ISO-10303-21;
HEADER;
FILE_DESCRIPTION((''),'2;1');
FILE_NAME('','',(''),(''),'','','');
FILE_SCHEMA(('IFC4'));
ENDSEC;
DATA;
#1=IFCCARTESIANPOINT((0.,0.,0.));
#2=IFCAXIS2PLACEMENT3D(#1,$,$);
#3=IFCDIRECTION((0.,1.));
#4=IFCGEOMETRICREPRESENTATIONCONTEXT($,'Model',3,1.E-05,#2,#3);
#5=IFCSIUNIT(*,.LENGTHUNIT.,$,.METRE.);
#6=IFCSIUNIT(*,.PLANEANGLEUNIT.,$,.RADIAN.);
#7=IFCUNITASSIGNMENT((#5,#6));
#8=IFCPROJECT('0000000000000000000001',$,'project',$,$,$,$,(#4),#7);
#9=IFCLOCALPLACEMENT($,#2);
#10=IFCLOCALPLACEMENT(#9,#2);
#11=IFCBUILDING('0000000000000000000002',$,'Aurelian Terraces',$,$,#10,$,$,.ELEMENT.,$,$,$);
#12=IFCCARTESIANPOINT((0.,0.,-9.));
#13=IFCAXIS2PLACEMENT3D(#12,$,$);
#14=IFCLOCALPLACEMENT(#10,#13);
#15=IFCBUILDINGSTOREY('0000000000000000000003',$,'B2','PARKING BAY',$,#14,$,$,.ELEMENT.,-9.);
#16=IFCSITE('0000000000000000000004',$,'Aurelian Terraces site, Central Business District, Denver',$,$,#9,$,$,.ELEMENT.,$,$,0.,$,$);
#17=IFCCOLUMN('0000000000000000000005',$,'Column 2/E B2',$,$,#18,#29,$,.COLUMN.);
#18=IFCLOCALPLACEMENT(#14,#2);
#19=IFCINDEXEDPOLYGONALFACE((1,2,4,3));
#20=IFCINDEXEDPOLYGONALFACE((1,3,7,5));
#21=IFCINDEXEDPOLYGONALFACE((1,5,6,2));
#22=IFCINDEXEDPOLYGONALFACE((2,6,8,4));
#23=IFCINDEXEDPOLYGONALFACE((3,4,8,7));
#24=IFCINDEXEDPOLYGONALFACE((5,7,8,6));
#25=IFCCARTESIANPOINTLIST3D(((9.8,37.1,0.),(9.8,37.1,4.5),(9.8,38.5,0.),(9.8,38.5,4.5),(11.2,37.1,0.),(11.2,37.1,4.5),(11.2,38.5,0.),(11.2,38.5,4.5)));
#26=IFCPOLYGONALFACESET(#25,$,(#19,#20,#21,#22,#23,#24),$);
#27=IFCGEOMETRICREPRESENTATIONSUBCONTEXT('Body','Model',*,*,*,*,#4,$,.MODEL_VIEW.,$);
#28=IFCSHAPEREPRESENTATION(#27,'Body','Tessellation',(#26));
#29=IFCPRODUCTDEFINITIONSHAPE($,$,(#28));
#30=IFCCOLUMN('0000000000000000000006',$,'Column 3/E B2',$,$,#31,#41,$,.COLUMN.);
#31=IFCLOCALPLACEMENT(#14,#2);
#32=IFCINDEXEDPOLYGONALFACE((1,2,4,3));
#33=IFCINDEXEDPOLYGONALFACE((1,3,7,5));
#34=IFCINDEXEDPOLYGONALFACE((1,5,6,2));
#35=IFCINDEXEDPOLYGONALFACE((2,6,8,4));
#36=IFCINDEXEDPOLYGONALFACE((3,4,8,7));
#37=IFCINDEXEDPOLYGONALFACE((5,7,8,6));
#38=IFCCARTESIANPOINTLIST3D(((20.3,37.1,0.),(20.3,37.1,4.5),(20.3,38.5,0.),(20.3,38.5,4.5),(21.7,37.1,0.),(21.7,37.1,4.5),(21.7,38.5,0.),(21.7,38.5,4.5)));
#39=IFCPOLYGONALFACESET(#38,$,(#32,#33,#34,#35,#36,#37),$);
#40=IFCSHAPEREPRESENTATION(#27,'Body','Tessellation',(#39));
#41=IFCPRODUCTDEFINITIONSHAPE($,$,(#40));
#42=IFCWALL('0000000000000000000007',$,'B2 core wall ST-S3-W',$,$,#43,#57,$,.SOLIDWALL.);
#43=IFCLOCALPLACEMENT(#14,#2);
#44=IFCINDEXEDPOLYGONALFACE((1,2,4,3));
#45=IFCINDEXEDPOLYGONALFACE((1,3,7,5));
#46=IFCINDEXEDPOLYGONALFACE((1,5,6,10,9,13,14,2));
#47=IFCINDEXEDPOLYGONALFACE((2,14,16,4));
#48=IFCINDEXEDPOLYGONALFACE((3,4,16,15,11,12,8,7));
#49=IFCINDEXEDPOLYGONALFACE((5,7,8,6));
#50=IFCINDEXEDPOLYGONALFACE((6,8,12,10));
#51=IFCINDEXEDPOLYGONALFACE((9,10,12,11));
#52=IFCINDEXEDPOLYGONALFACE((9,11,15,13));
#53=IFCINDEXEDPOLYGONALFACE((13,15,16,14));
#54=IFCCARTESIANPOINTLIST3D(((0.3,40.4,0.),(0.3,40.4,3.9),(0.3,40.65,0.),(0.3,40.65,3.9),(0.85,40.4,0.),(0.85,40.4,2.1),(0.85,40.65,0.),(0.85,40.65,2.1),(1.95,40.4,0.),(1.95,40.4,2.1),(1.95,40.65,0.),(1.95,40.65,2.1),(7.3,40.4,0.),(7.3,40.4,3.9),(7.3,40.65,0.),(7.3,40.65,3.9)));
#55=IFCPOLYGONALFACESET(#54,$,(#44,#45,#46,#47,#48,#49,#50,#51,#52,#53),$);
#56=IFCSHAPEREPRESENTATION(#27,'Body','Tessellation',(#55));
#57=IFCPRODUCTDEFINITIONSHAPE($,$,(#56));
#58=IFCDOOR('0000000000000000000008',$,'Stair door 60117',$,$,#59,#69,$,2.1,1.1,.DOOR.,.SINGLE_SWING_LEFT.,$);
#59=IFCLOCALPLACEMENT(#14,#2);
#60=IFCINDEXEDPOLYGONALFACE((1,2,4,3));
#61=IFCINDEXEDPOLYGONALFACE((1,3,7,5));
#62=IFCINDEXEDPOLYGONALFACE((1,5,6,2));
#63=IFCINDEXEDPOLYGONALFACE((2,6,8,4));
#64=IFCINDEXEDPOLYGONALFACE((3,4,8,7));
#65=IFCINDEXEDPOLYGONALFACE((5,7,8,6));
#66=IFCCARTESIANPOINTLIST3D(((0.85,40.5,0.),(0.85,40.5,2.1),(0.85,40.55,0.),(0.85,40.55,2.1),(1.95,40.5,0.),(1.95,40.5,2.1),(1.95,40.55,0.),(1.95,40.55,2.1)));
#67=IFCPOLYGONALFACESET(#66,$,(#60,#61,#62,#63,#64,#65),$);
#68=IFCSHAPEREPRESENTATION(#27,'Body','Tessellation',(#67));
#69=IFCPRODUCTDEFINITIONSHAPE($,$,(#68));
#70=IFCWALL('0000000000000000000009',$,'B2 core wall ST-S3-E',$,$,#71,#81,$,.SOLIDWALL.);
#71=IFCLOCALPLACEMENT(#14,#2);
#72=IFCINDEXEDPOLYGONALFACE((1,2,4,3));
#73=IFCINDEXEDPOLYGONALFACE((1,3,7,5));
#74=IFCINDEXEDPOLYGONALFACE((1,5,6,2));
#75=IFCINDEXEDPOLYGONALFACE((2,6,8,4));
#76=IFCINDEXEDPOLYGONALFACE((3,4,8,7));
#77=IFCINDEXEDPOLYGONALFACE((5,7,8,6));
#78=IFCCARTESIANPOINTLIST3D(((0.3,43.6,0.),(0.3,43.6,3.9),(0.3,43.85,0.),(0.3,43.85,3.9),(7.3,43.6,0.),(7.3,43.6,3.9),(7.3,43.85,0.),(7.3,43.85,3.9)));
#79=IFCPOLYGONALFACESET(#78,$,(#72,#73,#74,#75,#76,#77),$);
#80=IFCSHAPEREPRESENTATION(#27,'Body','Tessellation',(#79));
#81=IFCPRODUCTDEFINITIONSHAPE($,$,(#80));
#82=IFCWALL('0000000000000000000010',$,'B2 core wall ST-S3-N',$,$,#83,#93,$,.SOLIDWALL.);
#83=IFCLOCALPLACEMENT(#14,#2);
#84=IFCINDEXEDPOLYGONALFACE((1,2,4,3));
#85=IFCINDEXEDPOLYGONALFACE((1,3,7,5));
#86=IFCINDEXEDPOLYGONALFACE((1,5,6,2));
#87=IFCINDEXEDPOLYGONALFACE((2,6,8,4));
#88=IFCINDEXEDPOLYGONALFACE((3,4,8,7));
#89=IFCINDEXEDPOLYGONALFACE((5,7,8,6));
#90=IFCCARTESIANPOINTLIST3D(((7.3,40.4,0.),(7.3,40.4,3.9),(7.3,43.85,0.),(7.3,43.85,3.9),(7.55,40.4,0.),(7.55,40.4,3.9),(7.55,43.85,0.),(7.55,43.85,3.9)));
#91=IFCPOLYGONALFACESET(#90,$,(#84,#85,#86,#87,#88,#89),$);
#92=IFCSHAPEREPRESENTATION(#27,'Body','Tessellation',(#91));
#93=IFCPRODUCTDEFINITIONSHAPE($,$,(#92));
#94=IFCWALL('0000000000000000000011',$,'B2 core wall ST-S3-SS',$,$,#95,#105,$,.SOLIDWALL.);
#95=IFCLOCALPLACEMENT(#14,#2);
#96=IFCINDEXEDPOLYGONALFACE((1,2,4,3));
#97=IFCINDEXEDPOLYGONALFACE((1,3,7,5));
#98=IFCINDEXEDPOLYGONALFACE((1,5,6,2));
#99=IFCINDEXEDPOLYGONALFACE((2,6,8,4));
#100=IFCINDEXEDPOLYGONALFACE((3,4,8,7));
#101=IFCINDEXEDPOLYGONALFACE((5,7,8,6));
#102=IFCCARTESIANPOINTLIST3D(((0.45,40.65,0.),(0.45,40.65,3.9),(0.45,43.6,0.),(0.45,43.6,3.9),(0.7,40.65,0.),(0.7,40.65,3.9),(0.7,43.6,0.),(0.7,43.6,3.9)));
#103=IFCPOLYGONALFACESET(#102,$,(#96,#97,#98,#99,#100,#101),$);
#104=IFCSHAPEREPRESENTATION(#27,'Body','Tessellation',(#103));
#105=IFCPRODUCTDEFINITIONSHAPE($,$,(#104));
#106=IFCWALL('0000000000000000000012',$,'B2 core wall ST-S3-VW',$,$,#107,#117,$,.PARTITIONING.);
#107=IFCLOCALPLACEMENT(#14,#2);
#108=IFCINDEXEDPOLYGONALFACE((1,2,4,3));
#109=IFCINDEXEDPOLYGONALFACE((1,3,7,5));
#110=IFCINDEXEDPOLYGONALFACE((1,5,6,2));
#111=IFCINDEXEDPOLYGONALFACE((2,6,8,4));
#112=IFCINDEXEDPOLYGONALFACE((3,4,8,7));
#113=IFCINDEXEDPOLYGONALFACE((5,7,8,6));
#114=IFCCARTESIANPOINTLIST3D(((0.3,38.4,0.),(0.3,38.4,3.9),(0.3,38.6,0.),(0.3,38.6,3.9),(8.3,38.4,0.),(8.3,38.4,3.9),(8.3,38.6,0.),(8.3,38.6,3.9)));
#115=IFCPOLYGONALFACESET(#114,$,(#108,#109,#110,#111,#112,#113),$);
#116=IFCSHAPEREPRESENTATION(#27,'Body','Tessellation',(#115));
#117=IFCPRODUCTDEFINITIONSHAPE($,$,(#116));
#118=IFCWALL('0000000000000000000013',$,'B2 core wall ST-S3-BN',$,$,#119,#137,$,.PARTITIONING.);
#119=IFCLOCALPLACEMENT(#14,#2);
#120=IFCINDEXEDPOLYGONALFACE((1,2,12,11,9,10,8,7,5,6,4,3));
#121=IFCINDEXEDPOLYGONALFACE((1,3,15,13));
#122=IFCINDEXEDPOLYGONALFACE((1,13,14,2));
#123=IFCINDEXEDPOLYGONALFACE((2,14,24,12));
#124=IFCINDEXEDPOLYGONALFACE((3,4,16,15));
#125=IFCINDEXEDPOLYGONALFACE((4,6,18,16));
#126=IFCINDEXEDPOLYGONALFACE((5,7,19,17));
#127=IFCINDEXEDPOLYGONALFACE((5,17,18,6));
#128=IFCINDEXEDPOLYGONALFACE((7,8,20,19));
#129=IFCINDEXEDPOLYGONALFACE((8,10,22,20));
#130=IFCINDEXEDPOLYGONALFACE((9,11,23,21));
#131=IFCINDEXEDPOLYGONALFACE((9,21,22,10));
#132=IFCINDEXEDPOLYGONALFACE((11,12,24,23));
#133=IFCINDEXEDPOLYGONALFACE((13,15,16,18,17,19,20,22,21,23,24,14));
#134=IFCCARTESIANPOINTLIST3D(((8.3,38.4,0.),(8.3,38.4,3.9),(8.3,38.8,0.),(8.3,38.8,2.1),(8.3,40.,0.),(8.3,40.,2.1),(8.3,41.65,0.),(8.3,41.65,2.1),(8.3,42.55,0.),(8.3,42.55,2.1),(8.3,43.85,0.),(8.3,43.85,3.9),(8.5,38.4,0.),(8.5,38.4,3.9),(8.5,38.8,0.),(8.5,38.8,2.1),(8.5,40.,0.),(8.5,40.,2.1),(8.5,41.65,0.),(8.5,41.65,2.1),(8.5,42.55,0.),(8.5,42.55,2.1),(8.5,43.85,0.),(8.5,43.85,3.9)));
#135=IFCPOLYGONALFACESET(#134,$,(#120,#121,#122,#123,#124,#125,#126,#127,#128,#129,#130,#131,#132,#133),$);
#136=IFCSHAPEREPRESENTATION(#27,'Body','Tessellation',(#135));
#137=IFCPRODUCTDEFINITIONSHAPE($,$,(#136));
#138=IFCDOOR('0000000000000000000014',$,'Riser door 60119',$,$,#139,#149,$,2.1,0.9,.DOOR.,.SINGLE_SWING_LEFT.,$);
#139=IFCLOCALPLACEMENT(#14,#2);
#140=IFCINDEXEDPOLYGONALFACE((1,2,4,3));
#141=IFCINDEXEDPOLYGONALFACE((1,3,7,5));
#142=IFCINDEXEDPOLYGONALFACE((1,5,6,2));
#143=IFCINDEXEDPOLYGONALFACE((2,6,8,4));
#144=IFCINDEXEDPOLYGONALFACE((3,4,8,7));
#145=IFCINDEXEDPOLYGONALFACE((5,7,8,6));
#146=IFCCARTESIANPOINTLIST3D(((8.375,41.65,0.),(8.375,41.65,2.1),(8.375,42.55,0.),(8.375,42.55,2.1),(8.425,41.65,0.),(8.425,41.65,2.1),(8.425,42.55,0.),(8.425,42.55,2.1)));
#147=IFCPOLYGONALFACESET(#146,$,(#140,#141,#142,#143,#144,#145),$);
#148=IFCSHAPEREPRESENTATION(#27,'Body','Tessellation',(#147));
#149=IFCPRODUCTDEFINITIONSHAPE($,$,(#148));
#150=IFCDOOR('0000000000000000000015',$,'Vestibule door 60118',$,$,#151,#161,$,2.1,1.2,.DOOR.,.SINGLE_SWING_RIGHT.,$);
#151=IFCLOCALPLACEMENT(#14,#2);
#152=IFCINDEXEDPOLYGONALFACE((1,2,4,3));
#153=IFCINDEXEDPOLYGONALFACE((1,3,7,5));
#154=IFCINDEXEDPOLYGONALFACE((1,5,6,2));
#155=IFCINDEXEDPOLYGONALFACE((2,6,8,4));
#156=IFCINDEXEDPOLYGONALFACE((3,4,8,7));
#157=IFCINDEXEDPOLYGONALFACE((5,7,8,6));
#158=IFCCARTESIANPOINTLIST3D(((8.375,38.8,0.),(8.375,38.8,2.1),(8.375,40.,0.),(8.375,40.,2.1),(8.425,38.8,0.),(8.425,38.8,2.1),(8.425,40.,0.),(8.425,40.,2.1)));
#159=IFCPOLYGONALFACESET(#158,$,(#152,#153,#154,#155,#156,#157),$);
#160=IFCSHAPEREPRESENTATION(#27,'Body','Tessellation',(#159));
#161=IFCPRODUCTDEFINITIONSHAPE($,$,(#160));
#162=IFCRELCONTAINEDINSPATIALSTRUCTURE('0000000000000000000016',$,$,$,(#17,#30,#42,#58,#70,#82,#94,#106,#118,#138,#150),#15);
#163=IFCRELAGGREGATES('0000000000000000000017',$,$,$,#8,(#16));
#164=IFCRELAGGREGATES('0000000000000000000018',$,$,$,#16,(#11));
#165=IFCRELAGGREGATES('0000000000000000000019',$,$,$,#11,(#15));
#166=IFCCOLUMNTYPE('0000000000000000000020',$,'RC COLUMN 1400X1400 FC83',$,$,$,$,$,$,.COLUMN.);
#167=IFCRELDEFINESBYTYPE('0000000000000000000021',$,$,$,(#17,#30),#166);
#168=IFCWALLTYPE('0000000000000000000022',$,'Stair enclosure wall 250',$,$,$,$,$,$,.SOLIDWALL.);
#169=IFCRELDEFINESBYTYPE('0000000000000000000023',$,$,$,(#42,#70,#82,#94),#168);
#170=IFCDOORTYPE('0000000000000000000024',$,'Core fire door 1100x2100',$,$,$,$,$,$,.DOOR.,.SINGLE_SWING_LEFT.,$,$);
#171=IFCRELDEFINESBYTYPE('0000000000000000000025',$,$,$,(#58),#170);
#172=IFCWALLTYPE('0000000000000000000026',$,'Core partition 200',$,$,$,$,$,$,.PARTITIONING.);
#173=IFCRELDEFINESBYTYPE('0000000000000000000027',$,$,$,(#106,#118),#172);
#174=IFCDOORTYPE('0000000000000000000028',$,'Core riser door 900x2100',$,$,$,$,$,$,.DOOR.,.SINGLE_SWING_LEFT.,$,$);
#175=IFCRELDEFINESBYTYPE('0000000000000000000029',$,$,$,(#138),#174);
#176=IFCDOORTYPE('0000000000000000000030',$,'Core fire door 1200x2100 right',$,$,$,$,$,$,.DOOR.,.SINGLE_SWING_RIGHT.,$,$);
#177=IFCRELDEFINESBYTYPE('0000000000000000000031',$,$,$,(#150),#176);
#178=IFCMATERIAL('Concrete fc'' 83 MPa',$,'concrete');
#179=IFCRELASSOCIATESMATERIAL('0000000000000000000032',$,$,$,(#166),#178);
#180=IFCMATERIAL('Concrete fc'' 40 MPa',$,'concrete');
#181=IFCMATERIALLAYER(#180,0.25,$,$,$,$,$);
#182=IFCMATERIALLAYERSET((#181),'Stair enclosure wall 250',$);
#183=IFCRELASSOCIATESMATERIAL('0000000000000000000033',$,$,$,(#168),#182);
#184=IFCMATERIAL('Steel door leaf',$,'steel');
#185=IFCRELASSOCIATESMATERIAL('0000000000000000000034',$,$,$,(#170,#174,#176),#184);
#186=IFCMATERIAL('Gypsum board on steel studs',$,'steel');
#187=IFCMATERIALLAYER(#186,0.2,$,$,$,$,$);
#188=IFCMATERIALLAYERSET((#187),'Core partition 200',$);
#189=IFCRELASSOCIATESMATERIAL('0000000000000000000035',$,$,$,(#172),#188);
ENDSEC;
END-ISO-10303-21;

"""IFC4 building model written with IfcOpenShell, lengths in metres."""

from ifc_helpers import new_model, si_unit, direction, frame, frame_2d, origin, origin_2d, place, context, subcontext, project, spatial, rectangle, extrude, source, transform, mapped, material, layer, layer_set, material_profile, profile_set, type_object, element, fill, save


model = new_model("IFC4")

# Units and contexts
model_context = context("Model", 3, precision=1e-05, world=origin(), true_north=direction((0.0, 1.0)))
body_context = subcontext(model_context, "Body", "Model", "MODEL_VIEW")
ifc_project = project(units=[si_unit("LENGTHUNIT", "METRE"), si_unit("PLANEANGLEUNIT", "RADIAN")], contexts=[model_context])

# Site, building, storey
site_placement = place(None, origin())
site = spatial("IfcSite", under=ifc_project, at=site_placement, Name="Aurelian Terraces site, Central Business District, Denver", CompositionType="ELEMENT", RefElevation=0.0)
building_placement = place(site_placement, origin())
building = spatial("IfcBuilding", under=site, at=building_placement, Name="Aurelian Terraces", CompositionType="ELEMENT")
storey_placement = place(building_placement, frame((0.0, 0.0, -9.0)))
storey = spatial("IfcBuildingStorey", under=building, at=storey_placement, Name="B2", Description="PARKING BAY", CompositionType="ELEMENT", Elevation=-9.0)

# Columns
ifc_material_1 = material(Name="Concrete fc' 83 MPa", Category="concrete")
ifc_material_profile = material_profile(ifc_material_1, rectangle(XDim=1.4, YDim=1.4, at=origin_2d()))
ifc_profile_set = profile_set([ifc_material_profile], Name="Concrete fc' 83 MPa")
column_type = type_object("IfcColumnType", Name="RC COLUMN 1400X1400 FC83", PredefinedType="COLUMN", material=ifc_profile_set)
shared_shape_1 = source(origin(), body_context, "Body", "SweptSolid", [
    extrude(rectangle(XDim=1.4, YDim=1.4, at=origin_2d()), origin(), (0.0, 0.0, 1.0), 4.5),
])
for number, where, z_axis, x_axis, name in (
    (1, (10.5, 37.8, 0.0), (0.0, 0.0, 1.0), (1.0, 0.0, 0.0), "Column 2/E B2"),
    (2, (21.0, 37.8, 0.0), (0.0, 0.0, 1.0), (1.0, 0.0, 0.0), "Column 3/E B2"),
):
    element("IfcColumn", number, at=place(storey_placement, frame(where, z_axis=z_axis, x_axis=x_axis)), inside=storey, type_object=column_type, Name=name, PredefinedType="COLUMN", context=body_context, shape_type="MappedRepresentation", body=[
        mapped(shared_shape_1, transform((0.0, 0.0, 0.0), scale=1.0)),
    ])

# Wall, opening, door
ifc_material_2 = material(Name="Concrete fc' 40 MPa", Category="concrete")
ifc_layer_1 = layer(ifc_material_2, 0.25)
ifc_layer_set_1 = layer_set([ifc_layer_1], Name="Stair enclosure wall 250")
wall_type_1 = type_object("IfcWallType", Name="Stair enclosure wall 250", PredefinedType="SOLIDWALL", material=ifc_layer_set_1)
shared_shape_2 = source(origin(), body_context, "Body", "SweptSolid", [
    extrude(rectangle(XDim=7.0, YDim=0.25, at=frame_2d((3.5, 0.0))), origin(), (0.0, 0.0, 1.0), 3.9),
])
wall_1_placement = place(storey_placement, frame((0.3, 40.525, 0.0), z_axis=(0.0, 0.0, 1.0), x_axis=(1.0, 0.0, 0.0)))
wall_1 = element("IfcWall", 3, at=wall_1_placement, inside=storey, type_object=wall_type_1, Name="B2 core wall ST-S3-W", PredefinedType="SOLIDWALL", context=body_context, shape_type="MappedRepresentation", body=[
    mapped(shared_shape_2, transform((0.0, 0.0, 0.0), scale=1.0)),
])
shared_shape_3 = source(origin(), body_context, "Body", "SweptSolid", [
    extrude(rectangle(XDim=1.1, YDim=2.1, at=frame_2d((0.55, 1.05))), frame((0.0, 0.135, 0.0), z_axis=(0.0, -1.0, 0.0), x_axis=(1.0, 0.0, 0.0)), (0.0, 0.0, 1.0), 0.27),
])
opening_1_placement = place(wall_1_placement, frame((0.55, 0.0, 0.0)))
opening_1 = element("IfcOpeningElement", 4, at=opening_1_placement, cuts=wall_1, PredefinedType="OPENING", context=body_context, shape_type="MappedRepresentation", body=[
    mapped(shared_shape_3, transform((0.0, 0.0, 0.0), scale=1.0)),
])
ifc_material_3 = material(Name="Steel door leaf", Category="steel")
door_type_1 = type_object("IfcDoorType", Name="Core fire door 1100x2100", OperationType="SINGLE_SWING_LEFT", PredefinedType="DOOR", material=ifc_material_3)
shared_shape_4 = source(origin(), body_context, "Body", "SweptSolid", [
    extrude(rectangle(XDim=1.1, YDim=2.1, at=frame_2d((0.55, 1.05))), frame((0.0, 0.025, 0.0), z_axis=(0.0, -1.0, 0.0), x_axis=(1.0, 0.0, 0.0)), (0.0, 0.0, 1.0), 0.05),
])
door_1_placement = place(opening_1_placement, origin())
door_1 = element("IfcDoor", 5, at=door_1_placement, inside=storey, type_object=door_type_1, Name="Stair door 60117", OperationType="SINGLE_SWING_LEFT", OverallHeight=2.1, OverallWidth=1.1, PredefinedType="DOOR", context=body_context, shape_type="MappedRepresentation", body=[
    mapped(shared_shape_4, transform((0.0, 0.0, 0.0), scale=1.0)),
])
fill(opening_1, door_1)

# Walls
wall_2_placement = place(storey_placement, frame((0.3, 43.725, 0.0), z_axis=(0.0, 0.0, 1.0), x_axis=(1.0, 0.0, 0.0)))
element("IfcWall", 6, at=wall_2_placement, inside=storey, type_object=wall_type_1, Name="B2 core wall ST-S3-E", PredefinedType="SOLIDWALL", context=body_context, shape_type="MappedRepresentation", body=[
    mapped(shared_shape_2, transform((0.0, 0.0, 0.0), scale=1.0)),
])
shared_shape_5 = source(origin(), body_context, "Body", "SweptSolid", [
    extrude(rectangle(XDim=3.45, YDim=0.25, at=frame_2d((1.725, 0.0))), origin(), (0.0, 0.0, 1.0), 3.9),
])
wall_3_placement = place(storey_placement, frame((7.425, 40.4, 0.0), z_axis=(0.0, 0.0, 1.0), x_axis=(0.0, 1.0, 0.0)))
element("IfcWall", 7, at=wall_3_placement, inside=storey, type_object=wall_type_1, Name="B2 core wall ST-S3-N", PredefinedType="SOLIDWALL", context=body_context, shape_type="MappedRepresentation", body=[
    mapped(shared_shape_5, transform((0.0, 0.0, 0.0), scale=1.0)),
])
shared_shape_6 = source(origin(), body_context, "Body", "SweptSolid", [
    extrude(rectangle(XDim=2.95, YDim=0.25, at=frame_2d((1.475, 0.0))), origin(), (0.0, 0.0, 1.0), 3.9),
])
wall_4_placement = place(storey_placement, frame((0.575, 40.65, 0.0), z_axis=(0.0, 0.0, 1.0), x_axis=(0.0, 1.0, 0.0)))
element("IfcWall", 8, at=wall_4_placement, inside=storey, type_object=wall_type_1, Name="B2 core wall ST-S3-SS", PredefinedType="SOLIDWALL", context=body_context, shape_type="MappedRepresentation", body=[
    mapped(shared_shape_6, transform((0.0, 0.0, 0.0), scale=1.0)),
])
ifc_material_4 = material(Name="Gypsum board on steel studs", Category="steel")
ifc_layer_2 = layer(ifc_material_4, 0.2)
ifc_layer_set_2 = layer_set([ifc_layer_2], Name="Core partition 200")
wall_type_2 = type_object("IfcWallType", Name="Core partition 200", PredefinedType="PARTITIONING", material=ifc_layer_set_2)
shared_shape_7 = source(origin(), body_context, "Body", "SweptSolid", [
    extrude(rectangle(XDim=8.0, YDim=0.2, at=frame_2d((4.0, 0.0))), origin(), (0.0, 0.0, 1.0), 3.9),
])
wall_5_placement = place(storey_placement, frame((0.3, 38.5, 0.0), z_axis=(0.0, 0.0, 1.0), x_axis=(1.0, 0.0, 0.0)))
element("IfcWall", 9, at=wall_5_placement, inside=storey, type_object=wall_type_2, Name="B2 core wall ST-S3-VW", PredefinedType="PARTITIONING", context=body_context, shape_type="MappedRepresentation", body=[
    mapped(shared_shape_7, transform((0.0, 0.0, 0.0), scale=1.0)),
])

# Wall, openings, doors
shared_shape_8 = source(origin(), body_context, "Body", "SweptSolid", [
    extrude(rectangle(XDim=5.45, YDim=0.2, at=frame_2d((2.725, 0.0))), origin(), (0.0, 0.0, 1.0), 3.9),
])
wall_6_placement = place(storey_placement, frame((8.4, 38.4, 0.0), z_axis=(0.0, 0.0, 1.0), x_axis=(0.0, 1.0, 0.0)))
wall_6 = element("IfcWall", 10, at=wall_6_placement, inside=storey, type_object=wall_type_2, Name="B2 core wall ST-S3-BN", PredefinedType="PARTITIONING", context=body_context, shape_type="MappedRepresentation", body=[
    mapped(shared_shape_8, transform((0.0, 0.0, 0.0), scale=1.0)),
])
shared_shape_9 = source(origin(), body_context, "Body", "SweptSolid", [
    extrude(rectangle(XDim=1.2, YDim=2.1, at=frame_2d((0.6, 1.05))), frame((0.0, 0.11, 0.0), z_axis=(0.0, -1.0, 0.0), x_axis=(1.0, 0.0, 0.0)), (0.0, 0.0, 1.0), 0.22),
])
opening_2_placement = place(wall_6_placement, frame((0.4, 0.0, 0.0)))
opening_2 = element("IfcOpeningElement", 11, at=opening_2_placement, cuts=wall_6, PredefinedType="OPENING", context=body_context, shape_type="MappedRepresentation", body=[
    mapped(shared_shape_9, transform((0.0, 0.0, 0.0), scale=1.0)),
])
shared_shape_10 = source(origin(), body_context, "Body", "SweptSolid", [
    extrude(rectangle(XDim=0.9, YDim=2.1, at=frame_2d((0.45, 1.05))), frame((0.0, 0.11, 0.0), z_axis=(0.0, -1.0, 0.0), x_axis=(1.0, 0.0, 0.0)), (0.0, 0.0, 1.0), 0.22),
])
opening_3_placement = place(wall_6_placement, frame((3.25, 0.0, 0.0)))
opening_3 = element("IfcOpeningElement", 12, at=opening_3_placement, cuts=wall_6, PredefinedType="OPENING", context=body_context, shape_type="MappedRepresentation", body=[
    mapped(shared_shape_10, transform((0.0, 0.0, 0.0), scale=1.0)),
])
door_type_2 = type_object("IfcDoorType", Name="Core riser door 900x2100", OperationType="SINGLE_SWING_LEFT", PredefinedType="DOOR", material=ifc_material_3)
shared_shape_11 = source(origin(), body_context, "Body", "SweptSolid", [
    extrude(rectangle(XDim=0.9, YDim=2.1, at=frame_2d((0.45, 1.05))), frame((0.0, 0.025, 0.0), z_axis=(0.0, -1.0, 0.0), x_axis=(1.0, 0.0, 0.0)), (0.0, 0.0, 1.0), 0.05),
])
door_2_placement = place(opening_3_placement, origin())
door_2 = element("IfcDoor", 13, at=door_2_placement, inside=storey, type_object=door_type_2, Name="Riser door 60119", OperationType="SINGLE_SWING_LEFT", OverallHeight=2.1, OverallWidth=0.9, PredefinedType="DOOR", context=body_context, shape_type="MappedRepresentation", body=[
    mapped(shared_shape_11, transform((0.0, 0.0, 0.0), scale=1.0)),
])
fill(opening_3, door_2)
door_type_3 = type_object("IfcDoorType", Name="Core fire door 1200x2100 right", OperationType="SINGLE_SWING_RIGHT", PredefinedType="DOOR", material=ifc_material_3)
shared_shape_12 = source(origin(), body_context, "Body", "SweptSolid", [
    extrude(rectangle(XDim=1.2, YDim=2.1, at=frame_2d((0.6, 1.05))), frame((0.0, 0.025, 0.0), z_axis=(0.0, -1.0, 0.0), x_axis=(1.0, 0.0, 0.0)), (0.0, 0.0, 1.0), 0.05),
])
door_3_placement = place(opening_2_placement, origin())
door_3 = element("IfcDoor", 14, at=door_3_placement, inside=storey, type_object=door_type_3, Name="Vestibule door 60118", OperationType="SINGLE_SWING_RIGHT", OverallHeight=2.1, OverallWidth=1.2, PredefinedType="DOOR", context=body_context, shape_type="MappedRepresentation", body=[
    mapped(shared_shape_12, transform((0.0, 0.0, 0.0), scale=1.0)),
])
fill(opening_2, door_3)

save(model, "model.ifc")
